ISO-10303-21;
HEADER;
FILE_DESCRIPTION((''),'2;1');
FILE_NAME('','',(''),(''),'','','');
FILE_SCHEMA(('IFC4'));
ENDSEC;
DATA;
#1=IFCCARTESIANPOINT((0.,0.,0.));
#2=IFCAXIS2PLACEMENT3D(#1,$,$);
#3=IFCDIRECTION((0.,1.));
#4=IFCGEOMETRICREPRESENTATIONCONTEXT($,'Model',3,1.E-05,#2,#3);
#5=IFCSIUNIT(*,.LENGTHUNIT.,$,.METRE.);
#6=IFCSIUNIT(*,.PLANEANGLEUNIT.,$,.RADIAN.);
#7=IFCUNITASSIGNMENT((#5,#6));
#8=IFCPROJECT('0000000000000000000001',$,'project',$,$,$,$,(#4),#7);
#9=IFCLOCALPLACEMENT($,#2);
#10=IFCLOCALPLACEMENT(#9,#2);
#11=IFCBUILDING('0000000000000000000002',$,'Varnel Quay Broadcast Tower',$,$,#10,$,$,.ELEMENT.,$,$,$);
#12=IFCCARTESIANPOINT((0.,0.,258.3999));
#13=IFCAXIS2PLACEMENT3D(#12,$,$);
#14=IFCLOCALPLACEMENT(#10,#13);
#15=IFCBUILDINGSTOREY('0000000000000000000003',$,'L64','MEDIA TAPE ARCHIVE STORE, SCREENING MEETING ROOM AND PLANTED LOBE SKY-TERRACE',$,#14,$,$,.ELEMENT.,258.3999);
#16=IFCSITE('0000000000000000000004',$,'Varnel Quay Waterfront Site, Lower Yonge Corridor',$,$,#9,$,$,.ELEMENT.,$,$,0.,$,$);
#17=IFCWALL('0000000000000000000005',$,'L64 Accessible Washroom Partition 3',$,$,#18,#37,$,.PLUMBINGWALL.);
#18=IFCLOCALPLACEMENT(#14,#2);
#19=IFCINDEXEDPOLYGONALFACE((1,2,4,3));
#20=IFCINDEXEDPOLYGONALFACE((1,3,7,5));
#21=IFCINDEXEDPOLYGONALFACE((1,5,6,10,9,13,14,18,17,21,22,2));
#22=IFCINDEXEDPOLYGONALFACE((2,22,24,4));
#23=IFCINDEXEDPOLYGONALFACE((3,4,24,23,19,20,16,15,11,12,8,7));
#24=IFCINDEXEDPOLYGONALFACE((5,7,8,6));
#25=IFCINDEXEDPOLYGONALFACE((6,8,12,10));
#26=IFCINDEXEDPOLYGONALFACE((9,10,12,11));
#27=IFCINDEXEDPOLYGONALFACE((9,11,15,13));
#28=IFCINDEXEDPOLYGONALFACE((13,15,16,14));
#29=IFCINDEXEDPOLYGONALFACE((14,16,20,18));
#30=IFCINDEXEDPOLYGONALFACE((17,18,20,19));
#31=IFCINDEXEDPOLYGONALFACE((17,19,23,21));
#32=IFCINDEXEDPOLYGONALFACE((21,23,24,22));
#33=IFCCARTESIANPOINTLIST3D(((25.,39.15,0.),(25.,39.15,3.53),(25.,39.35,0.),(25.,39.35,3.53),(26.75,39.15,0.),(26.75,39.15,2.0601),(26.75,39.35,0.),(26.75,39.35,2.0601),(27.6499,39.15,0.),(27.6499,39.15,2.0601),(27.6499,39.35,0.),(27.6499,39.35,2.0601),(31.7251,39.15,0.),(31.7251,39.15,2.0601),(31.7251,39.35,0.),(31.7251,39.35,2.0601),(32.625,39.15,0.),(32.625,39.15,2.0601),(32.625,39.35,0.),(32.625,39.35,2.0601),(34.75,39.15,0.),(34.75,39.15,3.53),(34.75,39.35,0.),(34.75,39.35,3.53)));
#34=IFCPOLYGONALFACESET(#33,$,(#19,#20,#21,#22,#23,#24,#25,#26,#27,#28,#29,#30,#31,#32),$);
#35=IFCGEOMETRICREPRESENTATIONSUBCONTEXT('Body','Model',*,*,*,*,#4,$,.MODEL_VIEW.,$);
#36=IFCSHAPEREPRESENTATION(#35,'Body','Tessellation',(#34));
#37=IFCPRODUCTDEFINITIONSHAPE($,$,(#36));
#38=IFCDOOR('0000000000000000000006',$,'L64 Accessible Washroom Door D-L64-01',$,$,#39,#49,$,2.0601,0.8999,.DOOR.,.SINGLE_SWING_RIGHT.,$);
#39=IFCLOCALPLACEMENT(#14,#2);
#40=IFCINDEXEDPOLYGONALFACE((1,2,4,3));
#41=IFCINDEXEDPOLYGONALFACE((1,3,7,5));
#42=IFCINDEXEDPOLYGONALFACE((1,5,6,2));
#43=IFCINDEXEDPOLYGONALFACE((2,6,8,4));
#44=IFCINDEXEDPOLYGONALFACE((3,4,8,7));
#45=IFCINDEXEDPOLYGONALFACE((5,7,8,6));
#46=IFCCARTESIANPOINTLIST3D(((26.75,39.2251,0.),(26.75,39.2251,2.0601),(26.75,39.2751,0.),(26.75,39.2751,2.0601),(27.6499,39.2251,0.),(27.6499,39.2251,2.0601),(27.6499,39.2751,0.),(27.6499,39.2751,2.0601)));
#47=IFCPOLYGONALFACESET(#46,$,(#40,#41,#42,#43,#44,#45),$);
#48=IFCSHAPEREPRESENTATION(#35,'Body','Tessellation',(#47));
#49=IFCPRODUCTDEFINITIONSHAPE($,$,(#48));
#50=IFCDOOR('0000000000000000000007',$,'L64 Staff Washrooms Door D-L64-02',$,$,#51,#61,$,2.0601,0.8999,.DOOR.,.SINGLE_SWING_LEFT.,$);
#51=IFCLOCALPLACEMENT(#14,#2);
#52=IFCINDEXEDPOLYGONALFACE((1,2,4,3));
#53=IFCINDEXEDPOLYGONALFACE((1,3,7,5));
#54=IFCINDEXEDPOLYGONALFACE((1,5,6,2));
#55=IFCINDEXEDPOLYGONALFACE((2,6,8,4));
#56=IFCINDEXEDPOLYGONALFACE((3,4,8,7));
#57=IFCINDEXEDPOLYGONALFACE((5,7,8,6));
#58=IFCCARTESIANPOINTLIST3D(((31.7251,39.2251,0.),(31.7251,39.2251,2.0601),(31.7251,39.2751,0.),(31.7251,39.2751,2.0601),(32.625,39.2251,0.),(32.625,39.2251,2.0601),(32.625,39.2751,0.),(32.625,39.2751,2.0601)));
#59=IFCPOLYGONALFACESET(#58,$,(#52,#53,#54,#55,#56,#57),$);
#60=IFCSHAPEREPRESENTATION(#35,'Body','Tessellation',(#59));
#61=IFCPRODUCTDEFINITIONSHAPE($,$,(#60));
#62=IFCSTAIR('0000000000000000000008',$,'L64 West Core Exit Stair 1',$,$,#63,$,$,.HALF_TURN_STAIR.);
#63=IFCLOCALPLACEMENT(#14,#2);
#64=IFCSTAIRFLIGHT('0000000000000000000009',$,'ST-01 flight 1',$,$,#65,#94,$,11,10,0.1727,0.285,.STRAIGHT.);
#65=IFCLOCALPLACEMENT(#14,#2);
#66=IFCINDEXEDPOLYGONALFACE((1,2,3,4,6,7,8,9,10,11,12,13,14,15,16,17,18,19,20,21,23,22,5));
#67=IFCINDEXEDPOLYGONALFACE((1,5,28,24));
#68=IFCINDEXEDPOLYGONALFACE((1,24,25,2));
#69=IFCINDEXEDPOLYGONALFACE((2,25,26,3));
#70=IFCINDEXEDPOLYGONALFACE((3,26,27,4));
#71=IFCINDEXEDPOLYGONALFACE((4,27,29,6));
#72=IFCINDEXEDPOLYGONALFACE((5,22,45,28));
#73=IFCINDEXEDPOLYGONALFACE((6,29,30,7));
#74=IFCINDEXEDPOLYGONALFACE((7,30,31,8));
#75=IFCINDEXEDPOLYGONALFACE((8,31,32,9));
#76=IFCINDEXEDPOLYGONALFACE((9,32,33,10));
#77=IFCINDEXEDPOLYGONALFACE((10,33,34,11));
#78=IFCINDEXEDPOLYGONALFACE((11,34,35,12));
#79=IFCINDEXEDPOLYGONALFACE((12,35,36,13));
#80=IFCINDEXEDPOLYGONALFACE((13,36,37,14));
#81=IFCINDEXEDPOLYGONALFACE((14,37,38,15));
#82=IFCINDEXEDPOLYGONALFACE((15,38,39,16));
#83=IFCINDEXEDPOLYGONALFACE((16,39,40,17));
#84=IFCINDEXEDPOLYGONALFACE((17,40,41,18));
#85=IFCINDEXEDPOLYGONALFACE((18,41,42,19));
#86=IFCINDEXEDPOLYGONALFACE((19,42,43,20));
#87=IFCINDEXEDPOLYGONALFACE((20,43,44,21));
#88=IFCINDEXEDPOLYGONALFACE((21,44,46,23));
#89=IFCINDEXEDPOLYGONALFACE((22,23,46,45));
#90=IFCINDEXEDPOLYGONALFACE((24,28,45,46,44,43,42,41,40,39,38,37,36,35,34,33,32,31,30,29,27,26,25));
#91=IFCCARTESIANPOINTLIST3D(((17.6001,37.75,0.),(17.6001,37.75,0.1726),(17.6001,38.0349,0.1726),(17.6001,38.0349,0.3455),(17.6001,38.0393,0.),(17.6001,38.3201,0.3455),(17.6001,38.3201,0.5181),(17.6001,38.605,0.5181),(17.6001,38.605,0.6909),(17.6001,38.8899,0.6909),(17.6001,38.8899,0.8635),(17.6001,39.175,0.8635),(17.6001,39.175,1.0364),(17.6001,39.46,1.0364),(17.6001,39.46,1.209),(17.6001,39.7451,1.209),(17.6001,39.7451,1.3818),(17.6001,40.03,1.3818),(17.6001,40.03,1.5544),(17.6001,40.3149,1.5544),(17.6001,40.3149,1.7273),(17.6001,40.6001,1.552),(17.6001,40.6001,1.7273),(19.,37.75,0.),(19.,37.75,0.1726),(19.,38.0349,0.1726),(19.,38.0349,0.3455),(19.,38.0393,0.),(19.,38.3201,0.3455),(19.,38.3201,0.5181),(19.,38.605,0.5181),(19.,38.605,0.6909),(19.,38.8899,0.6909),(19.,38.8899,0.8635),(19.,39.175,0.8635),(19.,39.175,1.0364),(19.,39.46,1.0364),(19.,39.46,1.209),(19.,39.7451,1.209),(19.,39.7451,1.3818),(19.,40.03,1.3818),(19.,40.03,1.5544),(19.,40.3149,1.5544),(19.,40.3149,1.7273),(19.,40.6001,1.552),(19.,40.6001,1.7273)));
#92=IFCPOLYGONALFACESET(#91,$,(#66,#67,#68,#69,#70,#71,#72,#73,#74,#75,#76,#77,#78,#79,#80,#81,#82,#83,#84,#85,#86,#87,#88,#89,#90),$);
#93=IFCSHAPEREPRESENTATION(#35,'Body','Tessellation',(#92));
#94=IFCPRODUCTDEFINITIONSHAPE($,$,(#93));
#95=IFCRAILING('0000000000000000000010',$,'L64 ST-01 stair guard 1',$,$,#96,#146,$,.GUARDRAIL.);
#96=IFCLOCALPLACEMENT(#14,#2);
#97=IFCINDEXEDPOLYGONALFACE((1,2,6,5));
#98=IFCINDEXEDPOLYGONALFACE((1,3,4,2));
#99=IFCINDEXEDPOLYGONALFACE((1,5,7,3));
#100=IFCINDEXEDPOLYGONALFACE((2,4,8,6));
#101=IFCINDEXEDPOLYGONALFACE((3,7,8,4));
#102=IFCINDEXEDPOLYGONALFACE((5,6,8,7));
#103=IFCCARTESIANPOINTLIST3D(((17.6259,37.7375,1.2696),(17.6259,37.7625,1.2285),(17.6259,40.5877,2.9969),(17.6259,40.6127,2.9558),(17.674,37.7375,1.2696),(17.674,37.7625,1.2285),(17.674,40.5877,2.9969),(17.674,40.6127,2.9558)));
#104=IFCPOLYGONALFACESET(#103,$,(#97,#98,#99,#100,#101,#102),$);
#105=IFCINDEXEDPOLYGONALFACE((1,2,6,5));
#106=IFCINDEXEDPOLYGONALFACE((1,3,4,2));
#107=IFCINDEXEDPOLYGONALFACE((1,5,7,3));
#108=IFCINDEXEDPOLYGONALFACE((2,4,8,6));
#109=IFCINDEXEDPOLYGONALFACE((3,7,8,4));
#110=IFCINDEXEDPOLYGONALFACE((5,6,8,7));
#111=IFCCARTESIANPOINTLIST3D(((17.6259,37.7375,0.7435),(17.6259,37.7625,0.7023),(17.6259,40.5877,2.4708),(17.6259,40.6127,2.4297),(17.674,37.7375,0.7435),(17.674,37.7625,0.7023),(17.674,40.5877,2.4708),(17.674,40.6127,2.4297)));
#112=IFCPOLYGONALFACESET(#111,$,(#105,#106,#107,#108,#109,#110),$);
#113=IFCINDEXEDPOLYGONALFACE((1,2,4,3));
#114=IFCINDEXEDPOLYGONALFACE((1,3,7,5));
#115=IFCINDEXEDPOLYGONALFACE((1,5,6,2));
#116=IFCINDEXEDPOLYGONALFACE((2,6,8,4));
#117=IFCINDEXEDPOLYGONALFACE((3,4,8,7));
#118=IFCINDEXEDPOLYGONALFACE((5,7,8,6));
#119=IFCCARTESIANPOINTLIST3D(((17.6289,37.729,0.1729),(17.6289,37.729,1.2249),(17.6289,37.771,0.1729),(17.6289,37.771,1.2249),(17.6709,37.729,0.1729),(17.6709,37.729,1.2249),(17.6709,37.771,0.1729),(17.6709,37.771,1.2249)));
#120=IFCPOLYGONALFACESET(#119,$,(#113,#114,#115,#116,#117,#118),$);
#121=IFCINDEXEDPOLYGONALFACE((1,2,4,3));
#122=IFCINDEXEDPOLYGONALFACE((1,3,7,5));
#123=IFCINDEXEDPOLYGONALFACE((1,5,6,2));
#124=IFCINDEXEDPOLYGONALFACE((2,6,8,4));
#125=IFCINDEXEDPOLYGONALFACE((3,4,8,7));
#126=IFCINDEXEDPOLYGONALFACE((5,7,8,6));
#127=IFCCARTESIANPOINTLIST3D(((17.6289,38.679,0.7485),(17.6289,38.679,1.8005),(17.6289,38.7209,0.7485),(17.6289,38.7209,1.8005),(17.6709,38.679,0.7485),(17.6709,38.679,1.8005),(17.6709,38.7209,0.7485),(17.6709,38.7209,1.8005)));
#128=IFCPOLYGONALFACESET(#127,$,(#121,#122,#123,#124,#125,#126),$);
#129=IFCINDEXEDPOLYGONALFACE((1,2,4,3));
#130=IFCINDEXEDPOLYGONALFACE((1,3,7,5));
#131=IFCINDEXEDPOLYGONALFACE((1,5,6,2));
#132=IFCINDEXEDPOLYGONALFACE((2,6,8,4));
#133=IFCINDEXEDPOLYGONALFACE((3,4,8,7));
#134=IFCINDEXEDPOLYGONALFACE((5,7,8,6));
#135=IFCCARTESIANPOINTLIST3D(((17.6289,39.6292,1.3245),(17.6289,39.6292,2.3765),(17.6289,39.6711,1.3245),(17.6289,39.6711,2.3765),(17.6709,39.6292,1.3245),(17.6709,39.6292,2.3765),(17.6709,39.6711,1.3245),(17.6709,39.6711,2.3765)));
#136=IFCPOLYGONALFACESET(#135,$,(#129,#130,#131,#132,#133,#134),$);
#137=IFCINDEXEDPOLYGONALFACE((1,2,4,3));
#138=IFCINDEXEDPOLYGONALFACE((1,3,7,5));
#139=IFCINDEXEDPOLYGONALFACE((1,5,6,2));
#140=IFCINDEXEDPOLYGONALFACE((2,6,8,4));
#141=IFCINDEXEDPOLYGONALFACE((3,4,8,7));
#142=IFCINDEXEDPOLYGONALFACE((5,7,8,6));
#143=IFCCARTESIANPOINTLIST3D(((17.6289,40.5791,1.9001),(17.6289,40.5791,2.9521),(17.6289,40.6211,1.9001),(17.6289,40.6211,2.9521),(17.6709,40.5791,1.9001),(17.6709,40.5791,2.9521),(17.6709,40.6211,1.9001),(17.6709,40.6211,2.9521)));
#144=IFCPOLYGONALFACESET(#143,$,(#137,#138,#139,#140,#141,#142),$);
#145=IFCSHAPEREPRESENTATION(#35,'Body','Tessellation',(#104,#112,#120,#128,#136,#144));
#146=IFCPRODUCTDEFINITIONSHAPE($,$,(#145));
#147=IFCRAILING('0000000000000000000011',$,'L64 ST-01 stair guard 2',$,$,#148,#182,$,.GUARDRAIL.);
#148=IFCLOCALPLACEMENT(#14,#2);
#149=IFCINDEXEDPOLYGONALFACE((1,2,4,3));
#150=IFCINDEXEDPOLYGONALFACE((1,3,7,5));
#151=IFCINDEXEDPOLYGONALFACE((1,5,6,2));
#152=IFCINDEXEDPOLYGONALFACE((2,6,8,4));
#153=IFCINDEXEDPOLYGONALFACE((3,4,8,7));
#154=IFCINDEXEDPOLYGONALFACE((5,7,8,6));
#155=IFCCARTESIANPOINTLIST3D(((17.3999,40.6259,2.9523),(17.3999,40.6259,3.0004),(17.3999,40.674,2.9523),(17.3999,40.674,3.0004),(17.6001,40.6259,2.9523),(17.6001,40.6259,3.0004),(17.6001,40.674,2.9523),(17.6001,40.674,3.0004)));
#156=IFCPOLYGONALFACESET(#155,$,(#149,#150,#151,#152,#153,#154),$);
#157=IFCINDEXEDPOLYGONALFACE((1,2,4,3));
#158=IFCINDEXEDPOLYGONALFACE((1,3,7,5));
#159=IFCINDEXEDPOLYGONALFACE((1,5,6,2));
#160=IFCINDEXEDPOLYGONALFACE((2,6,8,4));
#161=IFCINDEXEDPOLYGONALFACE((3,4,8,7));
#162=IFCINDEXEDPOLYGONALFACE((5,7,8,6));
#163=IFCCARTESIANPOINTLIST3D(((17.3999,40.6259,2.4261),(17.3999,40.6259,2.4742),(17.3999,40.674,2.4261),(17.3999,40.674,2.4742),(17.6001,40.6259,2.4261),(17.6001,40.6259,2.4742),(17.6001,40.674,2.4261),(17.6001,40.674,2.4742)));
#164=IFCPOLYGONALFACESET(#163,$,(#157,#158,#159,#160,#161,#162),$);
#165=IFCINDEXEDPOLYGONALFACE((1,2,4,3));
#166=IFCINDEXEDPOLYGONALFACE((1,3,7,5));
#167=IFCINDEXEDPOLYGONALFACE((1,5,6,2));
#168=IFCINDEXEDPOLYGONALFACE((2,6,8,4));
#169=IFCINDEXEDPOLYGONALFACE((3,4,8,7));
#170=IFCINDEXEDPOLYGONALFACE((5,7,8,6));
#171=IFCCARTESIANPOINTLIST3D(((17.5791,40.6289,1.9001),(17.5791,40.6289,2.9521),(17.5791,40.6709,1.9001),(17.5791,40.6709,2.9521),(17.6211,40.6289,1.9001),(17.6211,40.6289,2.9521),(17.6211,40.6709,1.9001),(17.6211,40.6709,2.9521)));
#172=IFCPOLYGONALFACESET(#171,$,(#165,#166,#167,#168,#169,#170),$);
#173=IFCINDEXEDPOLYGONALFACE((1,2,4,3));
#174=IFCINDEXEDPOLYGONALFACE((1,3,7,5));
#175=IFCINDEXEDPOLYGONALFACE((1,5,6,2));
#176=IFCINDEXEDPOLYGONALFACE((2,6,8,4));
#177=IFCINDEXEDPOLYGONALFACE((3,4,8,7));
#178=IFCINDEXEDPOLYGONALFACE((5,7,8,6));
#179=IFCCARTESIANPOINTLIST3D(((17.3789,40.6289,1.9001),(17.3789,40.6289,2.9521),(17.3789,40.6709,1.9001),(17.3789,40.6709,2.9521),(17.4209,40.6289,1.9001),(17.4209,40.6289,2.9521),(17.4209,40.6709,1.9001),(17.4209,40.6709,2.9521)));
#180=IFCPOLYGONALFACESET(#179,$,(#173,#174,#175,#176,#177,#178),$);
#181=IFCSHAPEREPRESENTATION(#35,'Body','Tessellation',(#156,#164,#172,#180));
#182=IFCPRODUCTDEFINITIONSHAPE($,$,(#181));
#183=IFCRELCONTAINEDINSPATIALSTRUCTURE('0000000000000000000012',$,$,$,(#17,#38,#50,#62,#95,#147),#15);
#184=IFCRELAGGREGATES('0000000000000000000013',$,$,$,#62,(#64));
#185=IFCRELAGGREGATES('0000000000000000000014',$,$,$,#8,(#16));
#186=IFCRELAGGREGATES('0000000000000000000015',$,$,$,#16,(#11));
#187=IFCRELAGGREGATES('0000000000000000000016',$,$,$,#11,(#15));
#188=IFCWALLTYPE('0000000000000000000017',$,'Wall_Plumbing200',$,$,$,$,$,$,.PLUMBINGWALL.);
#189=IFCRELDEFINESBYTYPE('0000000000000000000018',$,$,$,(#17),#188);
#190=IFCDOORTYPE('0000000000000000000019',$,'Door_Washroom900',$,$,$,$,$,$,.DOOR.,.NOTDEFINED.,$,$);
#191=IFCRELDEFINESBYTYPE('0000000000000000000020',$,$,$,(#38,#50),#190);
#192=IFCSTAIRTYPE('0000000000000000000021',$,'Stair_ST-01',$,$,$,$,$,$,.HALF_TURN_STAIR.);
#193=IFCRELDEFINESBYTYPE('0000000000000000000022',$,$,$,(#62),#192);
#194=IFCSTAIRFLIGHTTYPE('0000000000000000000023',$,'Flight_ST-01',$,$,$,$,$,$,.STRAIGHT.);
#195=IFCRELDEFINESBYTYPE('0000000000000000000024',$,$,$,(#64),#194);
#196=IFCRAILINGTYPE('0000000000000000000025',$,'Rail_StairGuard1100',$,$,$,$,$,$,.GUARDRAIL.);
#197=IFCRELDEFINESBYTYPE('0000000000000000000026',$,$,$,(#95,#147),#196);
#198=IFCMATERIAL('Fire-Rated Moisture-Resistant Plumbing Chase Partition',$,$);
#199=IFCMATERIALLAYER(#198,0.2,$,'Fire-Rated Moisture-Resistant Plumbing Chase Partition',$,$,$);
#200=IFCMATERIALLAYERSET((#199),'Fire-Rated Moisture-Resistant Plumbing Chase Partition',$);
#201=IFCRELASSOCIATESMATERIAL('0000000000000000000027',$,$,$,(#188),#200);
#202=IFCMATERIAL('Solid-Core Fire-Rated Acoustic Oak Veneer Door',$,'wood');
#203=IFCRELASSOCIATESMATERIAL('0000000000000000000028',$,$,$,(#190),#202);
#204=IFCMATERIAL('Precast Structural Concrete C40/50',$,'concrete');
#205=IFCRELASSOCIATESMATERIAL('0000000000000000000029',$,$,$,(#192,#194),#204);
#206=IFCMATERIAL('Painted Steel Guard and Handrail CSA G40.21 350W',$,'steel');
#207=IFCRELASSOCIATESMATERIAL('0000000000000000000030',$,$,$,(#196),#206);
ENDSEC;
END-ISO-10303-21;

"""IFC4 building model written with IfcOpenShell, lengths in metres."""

from ifc_helpers import new_model, si_unit, direction, frame, frame_2d, origin, origin_2d, place, context, subcontext, project, spatial, polyline, rectangle, outline, extrude, source, transform, mapped, material, layer, layer_set, type_object, type_shapes, element, fill, aggregate, save


model = new_model("IFC4")

# Units and contexts
model_context = context("Model", 3, precision=1e-05, world=origin(), true_north=direction((0.0, 1.0)))
body_context = subcontext(model_context, "Body", "Model", "MODEL_VIEW")
ifc_project = project(units=[si_unit("LENGTHUNIT", "METRE"), si_unit("PLANEANGLEUNIT", "RADIAN")], contexts=[model_context])

# Site, building, storey
site_placement = place(None, origin())
site = spatial("IfcSite", under=ifc_project, at=site_placement, Name="Varnel Quay Waterfront Site, Lower Yonge Corridor", CompositionType="ELEMENT", RefElevation=0.0)
building_placement = place(site_placement, origin())
building = spatial("IfcBuilding", under=site, at=building_placement, Name="Varnel Quay Broadcast Tower", CompositionType="ELEMENT")
storey_placement = place(building_placement, frame((0.0, 0.0, 258.3999)))
storey = spatial("IfcBuildingStorey", under=building, at=storey_placement, Name="L64", Description="MEDIA TAPE ARCHIVE STORE, SCREENING MEETING ROOM AND PLANTED LOBE SKY-TERRACE", CompositionType="ELEMENT", Elevation=258.3999)

# Wall, openings, doors
ifc_material_1 = material(Name="Solid-Core Fire-Rated Acoustic Oak Veneer Door", Category="wood")
ifc_material_2 = material(Name="Fire-Rated Moisture-Resistant Plumbing Chase Partition")
ifc_layer_1 = layer(ifc_material_2, 0.2, Name="Fire-Rated Moisture-Resistant Plumbing Chase Partition")
ifc_layer_set_1 = layer_set([ifc_layer_1], Name="Fire-Rated Moisture-Resistant Plumbing Chase Partition")
wall_type_1 = type_object("IfcWallType", Name="Wall_Plumbing200", PredefinedType="PLUMBINGWALL", material=ifc_layer_set_1)
wall_1_placement = place(storey_placement, frame((25.0, 39.25, 0.0), z_axis=(0.0, 0.0, 1.0), x_axis=(1.0, 0.0, 0.0)))
wall_1 = element("IfcWall", 1, at=wall_1_placement, inside=storey, type_object=wall_type_1, Name="L64 Accessible Washroom Partition 3", PredefinedType="PLUMBINGWALL", context=body_context, shape_type="SweptSolid", body=[
    extrude(rectangle(XDim=9.75, YDim=0.2, at=frame_2d((4.875, 0.0))), origin(), (0.0, 0.0, 1.0), 3.53),
])
opening_1_placement = place(wall_1_placement, frame((1.75, 0.0, 0.0)))
opening_1 = element("IfcOpeningElement", 2, at=opening_1_placement, cuts=wall_1, PredefinedType="OPENING", context=body_context, shape_type="SweptSolid", body=[
    extrude(rectangle(XDim=0.8999, YDim=2.0601, at=frame_2d((0.45, 1.03))), frame((0.0, 0.1099, 0.0), z_axis=(0.0, -1.0, 0.0), x_axis=(1.0, 0.0, 0.0)), (0.0, 0.0, 1.0), 0.22),
])
opening_2_placement = place(wall_1_placement, frame((6.7251, 0.0, 0.0)))
opening_2 = element("IfcOpeningElement", 3, at=opening_2_placement, cuts=wall_1, PredefinedType="OPENING", context=body_context, shape_type="SweptSolid", body=[
    extrude(rectangle(XDim=0.8999, YDim=2.0601, at=frame_2d((0.45, 1.03))), frame((0.0, 0.1099, 0.0), z_axis=(0.0, -1.0, 0.0), x_axis=(1.0, 0.0, 0.0)), (0.0, 0.0, 1.0), 0.22),
])
door_type_1 = type_object("IfcDoorType", Name="Door_Washroom900", OperationType="NOTDEFINED", PredefinedType="DOOR", material=ifc_material_1)
shared_shape_1 = source(origin(), body_context, "Body", "SweptSolid", [
    extrude(rectangle(XDim=0.8999, YDim=2.0601, at=frame_2d((0.45, 1.03))), frame((0.0, 0.0249, 0.0), z_axis=(0.0, -1.0, 0.0), x_axis=(1.0, 0.0, 0.0)), (0.0, 0.0, 1.0), 0.05),
])
type_shapes(door_type_1, [shared_shape_1])
door_1_placement = place(opening_1_placement, frame((0.8999, 0.0, 0.0), z_axis=(0.0, 0.0, 1.0), x_axis=(-1.0, 0.0, 0.0)))
door_1 = element("IfcDoor", 4, at=door_1_placement, inside=storey, type_object=door_type_1, Name="L64 Accessible Washroom Door D-L64-01", OperationType="SINGLE_SWING_RIGHT", OverallHeight=2.0601, OverallWidth=0.8999, PredefinedType="DOOR", context=body_context, shape_type="MappedRepresentation", body=[
    mapped(shared_shape_1, transform((0.0, 0.0, 0.0), x_axis=(1.0, 0.0, 0.0), y_axis=(0.0, 1.0, 0.0), z_axis=(0.0, 0.0, 1.0), scale=1.0)),
])
fill(opening_1, door_1)
door_2_placement = place(opening_2_placement, frame((0.8999, 0.0, 0.0), z_axis=(0.0, 0.0, 1.0), x_axis=(-1.0, 0.0, 0.0)))
door_2 = element("IfcDoor", 5, at=door_2_placement, inside=storey, type_object=door_type_1, Name="L64 Staff Washrooms Door D-L64-02", OperationType="SINGLE_SWING_LEFT", OverallHeight=2.0601, OverallWidth=0.8999, PredefinedType="DOOR", context=body_context, shape_type="MappedRepresentation", body=[
    mapped(shared_shape_1, transform((0.0, 0.0, 0.0), x_axis=(1.0, 0.0, 0.0), y_axis=(0.0, 1.0, 0.0), z_axis=(0.0, 0.0, 1.0), scale=1.0)),
])
fill(opening_2, door_2)

# Stair, stair flight
ifc_material_3 = material(Name="Precast Structural Concrete C40/50", Category="concrete")
stair_type = type_object("IfcStairType", Name="Stair_ST-01", PredefinedType="HALF_TURN_STAIR", material=ifc_material_3)
stair_placement = place(storey_placement, origin())
stair = element("IfcStair", 6, at=stair_placement, inside=storey, type_object=stair_type, Name="L64 West Core Exit Stair 1", PredefinedType="HALF_TURN_STAIR")
stair_flight_type = type_object("IfcStairFlightType", Name="Flight_ST-01", PredefinedType="STRAIGHT", material=ifc_material_3)
stair_flight_placement = place(storey_placement, frame((18.3, 37.75, 0.0), z_axis=(0.0, 0.0, 1.0), x_axis=(0.0, 1.0, 0.0)))
stair_flight = element("IfcStairFlight", 7, at=stair_flight_placement, type_object=stair_flight_type, Name="ST-01 flight 1", NumberOfRisers=11, NumberOfTreads=10, PredefinedType="STRAIGHT", RiserHeight=0.1727, TreadLength=0.285, context=body_context, shape_type="SweptSolid", body=[
    extrude(outline(polyline([(0.0, 0.0), (0.0, 0.1726), (0.2849, 0.1726), (0.2849, 0.3455), (0.5701, 0.3455), (0.5701, 0.5181), (0.855, 0.5181), (0.855, 0.6909), (1.1399, 0.6909), (1.1399, 0.8635), (1.425, 0.8635), (1.425, 1.0364), (1.71, 1.0364), (1.71, 1.209), (1.9951, 1.209), (1.9951, 1.3818), (2.28, 1.3818), (2.28, 1.5544), (2.5649, 1.5544), (2.5649, 1.7273), (2.8501, 1.7273), (2.8501, 1.8999), (2.8501, 1.552), (0.2893, 0.0), (0.0, 0.0)])), frame((0.0, 0.7, 0.0), z_axis=(0.0, -1.0, 0.0), x_axis=(1.0, 0.0, 0.0)), (0.0, 0.0, 1.0), 1.3999),
])
aggregate(stair, [stair_flight])

# Railings
ifc_material_4 = material(Name="Painted Steel Guard and Handrail CSA G40.21 350W", Category="steel")
railing_type_1 = type_object("IfcRailingType", Name="Rail_StairGuard1100", PredefinedType="GUARDRAIL", material=ifc_material_4)
railing_1_placement = place(storey_placement, frame((17.6499, 37.75, 0.1729)))
element("IfcRailing", 8, at=railing_1_placement, inside=storey, type_object=railing_type_1, Name="L64 ST-01 stair guard 1", PredefinedType="GUARDRAIL", context=body_context, shape_type="SweptSolid", body=[
    extrude(rectangle(XDim=0.0481, YDim=0.0481, at=origin_2d()), frame((0.0, 0.0, 1.0762), z_axis=(0.0, 0.855203, 0.518294), x_axis=(-1.0, 0.0, 0.0)), (0.0, 0.0, 1.0), 3.3328),
    extrude(rectangle(XDim=0.0481, YDim=0.0481, at=origin_2d()), frame((0.0, 0.0, 0.55), z_axis=(0.0, 0.855203, 0.518294), x_axis=(-1.0, 0.0, 0.0)), (0.0, 0.0, 1.0), 3.3328),
    extrude(rectangle(XDim=0.042, YDim=0.042, at=origin_2d()), origin(), (0.0, 0.0, 1.0), 1.052),
    extrude(rectangle(XDim=0.042, YDim=0.042, at=origin_2d()), frame((0.0, 0.95, 0.5757)), (0.0, 0.0, 1.0), 1.052),
    extrude(rectangle(XDim=0.042, YDim=0.042, at=origin_2d()), frame((0.0, 1.9001, 1.1516)), (0.0, 0.0, 1.0), 1.052),
    extrude(rectangle(XDim=0.042, YDim=0.042, at=origin_2d()), frame((0.0, 2.8501, 1.7273)), (0.0, 0.0, 1.0), 1.052),
])
railing_2_placement = place(storey_placement, frame((17.6001, 40.6499, 1.9001)))
element("IfcRailing", 9, at=railing_2_placement, inside=storey, type_object=railing_type_1, Name="L64 ST-01 stair guard 2", PredefinedType="GUARDRAIL", context=body_context, shape_type="SweptSolid", body=[
    extrude(rectangle(XDim=0.0481, YDim=0.0481, at=origin_2d()), frame((0.0, 0.0, 1.0762), z_axis=(-1.0, 0.0, 0.0), x_axis=(0.0, -1.0, 0.0)), (0.0, 0.0, 1.0), 0.2002),
    extrude(rectangle(XDim=0.0481, YDim=0.0481, at=origin_2d()), frame((0.0, 0.0, 0.55), z_axis=(-1.0, 0.0, 0.0), x_axis=(0.0, -1.0, 0.0)), (0.0, 0.0, 1.0), 0.2002),
    extrude(rectangle(XDim=0.042, YDim=0.042, at=origin_2d()), origin(), (0.0, 0.0, 1.0), 1.052),
    extrude(rectangle(XDim=0.042, YDim=0.042, at=origin_2d()), frame((-0.2002, 0.0, 0.0)), (0.0, 0.0, 1.0), 1.052),
])

save(model, "model.ifc")
